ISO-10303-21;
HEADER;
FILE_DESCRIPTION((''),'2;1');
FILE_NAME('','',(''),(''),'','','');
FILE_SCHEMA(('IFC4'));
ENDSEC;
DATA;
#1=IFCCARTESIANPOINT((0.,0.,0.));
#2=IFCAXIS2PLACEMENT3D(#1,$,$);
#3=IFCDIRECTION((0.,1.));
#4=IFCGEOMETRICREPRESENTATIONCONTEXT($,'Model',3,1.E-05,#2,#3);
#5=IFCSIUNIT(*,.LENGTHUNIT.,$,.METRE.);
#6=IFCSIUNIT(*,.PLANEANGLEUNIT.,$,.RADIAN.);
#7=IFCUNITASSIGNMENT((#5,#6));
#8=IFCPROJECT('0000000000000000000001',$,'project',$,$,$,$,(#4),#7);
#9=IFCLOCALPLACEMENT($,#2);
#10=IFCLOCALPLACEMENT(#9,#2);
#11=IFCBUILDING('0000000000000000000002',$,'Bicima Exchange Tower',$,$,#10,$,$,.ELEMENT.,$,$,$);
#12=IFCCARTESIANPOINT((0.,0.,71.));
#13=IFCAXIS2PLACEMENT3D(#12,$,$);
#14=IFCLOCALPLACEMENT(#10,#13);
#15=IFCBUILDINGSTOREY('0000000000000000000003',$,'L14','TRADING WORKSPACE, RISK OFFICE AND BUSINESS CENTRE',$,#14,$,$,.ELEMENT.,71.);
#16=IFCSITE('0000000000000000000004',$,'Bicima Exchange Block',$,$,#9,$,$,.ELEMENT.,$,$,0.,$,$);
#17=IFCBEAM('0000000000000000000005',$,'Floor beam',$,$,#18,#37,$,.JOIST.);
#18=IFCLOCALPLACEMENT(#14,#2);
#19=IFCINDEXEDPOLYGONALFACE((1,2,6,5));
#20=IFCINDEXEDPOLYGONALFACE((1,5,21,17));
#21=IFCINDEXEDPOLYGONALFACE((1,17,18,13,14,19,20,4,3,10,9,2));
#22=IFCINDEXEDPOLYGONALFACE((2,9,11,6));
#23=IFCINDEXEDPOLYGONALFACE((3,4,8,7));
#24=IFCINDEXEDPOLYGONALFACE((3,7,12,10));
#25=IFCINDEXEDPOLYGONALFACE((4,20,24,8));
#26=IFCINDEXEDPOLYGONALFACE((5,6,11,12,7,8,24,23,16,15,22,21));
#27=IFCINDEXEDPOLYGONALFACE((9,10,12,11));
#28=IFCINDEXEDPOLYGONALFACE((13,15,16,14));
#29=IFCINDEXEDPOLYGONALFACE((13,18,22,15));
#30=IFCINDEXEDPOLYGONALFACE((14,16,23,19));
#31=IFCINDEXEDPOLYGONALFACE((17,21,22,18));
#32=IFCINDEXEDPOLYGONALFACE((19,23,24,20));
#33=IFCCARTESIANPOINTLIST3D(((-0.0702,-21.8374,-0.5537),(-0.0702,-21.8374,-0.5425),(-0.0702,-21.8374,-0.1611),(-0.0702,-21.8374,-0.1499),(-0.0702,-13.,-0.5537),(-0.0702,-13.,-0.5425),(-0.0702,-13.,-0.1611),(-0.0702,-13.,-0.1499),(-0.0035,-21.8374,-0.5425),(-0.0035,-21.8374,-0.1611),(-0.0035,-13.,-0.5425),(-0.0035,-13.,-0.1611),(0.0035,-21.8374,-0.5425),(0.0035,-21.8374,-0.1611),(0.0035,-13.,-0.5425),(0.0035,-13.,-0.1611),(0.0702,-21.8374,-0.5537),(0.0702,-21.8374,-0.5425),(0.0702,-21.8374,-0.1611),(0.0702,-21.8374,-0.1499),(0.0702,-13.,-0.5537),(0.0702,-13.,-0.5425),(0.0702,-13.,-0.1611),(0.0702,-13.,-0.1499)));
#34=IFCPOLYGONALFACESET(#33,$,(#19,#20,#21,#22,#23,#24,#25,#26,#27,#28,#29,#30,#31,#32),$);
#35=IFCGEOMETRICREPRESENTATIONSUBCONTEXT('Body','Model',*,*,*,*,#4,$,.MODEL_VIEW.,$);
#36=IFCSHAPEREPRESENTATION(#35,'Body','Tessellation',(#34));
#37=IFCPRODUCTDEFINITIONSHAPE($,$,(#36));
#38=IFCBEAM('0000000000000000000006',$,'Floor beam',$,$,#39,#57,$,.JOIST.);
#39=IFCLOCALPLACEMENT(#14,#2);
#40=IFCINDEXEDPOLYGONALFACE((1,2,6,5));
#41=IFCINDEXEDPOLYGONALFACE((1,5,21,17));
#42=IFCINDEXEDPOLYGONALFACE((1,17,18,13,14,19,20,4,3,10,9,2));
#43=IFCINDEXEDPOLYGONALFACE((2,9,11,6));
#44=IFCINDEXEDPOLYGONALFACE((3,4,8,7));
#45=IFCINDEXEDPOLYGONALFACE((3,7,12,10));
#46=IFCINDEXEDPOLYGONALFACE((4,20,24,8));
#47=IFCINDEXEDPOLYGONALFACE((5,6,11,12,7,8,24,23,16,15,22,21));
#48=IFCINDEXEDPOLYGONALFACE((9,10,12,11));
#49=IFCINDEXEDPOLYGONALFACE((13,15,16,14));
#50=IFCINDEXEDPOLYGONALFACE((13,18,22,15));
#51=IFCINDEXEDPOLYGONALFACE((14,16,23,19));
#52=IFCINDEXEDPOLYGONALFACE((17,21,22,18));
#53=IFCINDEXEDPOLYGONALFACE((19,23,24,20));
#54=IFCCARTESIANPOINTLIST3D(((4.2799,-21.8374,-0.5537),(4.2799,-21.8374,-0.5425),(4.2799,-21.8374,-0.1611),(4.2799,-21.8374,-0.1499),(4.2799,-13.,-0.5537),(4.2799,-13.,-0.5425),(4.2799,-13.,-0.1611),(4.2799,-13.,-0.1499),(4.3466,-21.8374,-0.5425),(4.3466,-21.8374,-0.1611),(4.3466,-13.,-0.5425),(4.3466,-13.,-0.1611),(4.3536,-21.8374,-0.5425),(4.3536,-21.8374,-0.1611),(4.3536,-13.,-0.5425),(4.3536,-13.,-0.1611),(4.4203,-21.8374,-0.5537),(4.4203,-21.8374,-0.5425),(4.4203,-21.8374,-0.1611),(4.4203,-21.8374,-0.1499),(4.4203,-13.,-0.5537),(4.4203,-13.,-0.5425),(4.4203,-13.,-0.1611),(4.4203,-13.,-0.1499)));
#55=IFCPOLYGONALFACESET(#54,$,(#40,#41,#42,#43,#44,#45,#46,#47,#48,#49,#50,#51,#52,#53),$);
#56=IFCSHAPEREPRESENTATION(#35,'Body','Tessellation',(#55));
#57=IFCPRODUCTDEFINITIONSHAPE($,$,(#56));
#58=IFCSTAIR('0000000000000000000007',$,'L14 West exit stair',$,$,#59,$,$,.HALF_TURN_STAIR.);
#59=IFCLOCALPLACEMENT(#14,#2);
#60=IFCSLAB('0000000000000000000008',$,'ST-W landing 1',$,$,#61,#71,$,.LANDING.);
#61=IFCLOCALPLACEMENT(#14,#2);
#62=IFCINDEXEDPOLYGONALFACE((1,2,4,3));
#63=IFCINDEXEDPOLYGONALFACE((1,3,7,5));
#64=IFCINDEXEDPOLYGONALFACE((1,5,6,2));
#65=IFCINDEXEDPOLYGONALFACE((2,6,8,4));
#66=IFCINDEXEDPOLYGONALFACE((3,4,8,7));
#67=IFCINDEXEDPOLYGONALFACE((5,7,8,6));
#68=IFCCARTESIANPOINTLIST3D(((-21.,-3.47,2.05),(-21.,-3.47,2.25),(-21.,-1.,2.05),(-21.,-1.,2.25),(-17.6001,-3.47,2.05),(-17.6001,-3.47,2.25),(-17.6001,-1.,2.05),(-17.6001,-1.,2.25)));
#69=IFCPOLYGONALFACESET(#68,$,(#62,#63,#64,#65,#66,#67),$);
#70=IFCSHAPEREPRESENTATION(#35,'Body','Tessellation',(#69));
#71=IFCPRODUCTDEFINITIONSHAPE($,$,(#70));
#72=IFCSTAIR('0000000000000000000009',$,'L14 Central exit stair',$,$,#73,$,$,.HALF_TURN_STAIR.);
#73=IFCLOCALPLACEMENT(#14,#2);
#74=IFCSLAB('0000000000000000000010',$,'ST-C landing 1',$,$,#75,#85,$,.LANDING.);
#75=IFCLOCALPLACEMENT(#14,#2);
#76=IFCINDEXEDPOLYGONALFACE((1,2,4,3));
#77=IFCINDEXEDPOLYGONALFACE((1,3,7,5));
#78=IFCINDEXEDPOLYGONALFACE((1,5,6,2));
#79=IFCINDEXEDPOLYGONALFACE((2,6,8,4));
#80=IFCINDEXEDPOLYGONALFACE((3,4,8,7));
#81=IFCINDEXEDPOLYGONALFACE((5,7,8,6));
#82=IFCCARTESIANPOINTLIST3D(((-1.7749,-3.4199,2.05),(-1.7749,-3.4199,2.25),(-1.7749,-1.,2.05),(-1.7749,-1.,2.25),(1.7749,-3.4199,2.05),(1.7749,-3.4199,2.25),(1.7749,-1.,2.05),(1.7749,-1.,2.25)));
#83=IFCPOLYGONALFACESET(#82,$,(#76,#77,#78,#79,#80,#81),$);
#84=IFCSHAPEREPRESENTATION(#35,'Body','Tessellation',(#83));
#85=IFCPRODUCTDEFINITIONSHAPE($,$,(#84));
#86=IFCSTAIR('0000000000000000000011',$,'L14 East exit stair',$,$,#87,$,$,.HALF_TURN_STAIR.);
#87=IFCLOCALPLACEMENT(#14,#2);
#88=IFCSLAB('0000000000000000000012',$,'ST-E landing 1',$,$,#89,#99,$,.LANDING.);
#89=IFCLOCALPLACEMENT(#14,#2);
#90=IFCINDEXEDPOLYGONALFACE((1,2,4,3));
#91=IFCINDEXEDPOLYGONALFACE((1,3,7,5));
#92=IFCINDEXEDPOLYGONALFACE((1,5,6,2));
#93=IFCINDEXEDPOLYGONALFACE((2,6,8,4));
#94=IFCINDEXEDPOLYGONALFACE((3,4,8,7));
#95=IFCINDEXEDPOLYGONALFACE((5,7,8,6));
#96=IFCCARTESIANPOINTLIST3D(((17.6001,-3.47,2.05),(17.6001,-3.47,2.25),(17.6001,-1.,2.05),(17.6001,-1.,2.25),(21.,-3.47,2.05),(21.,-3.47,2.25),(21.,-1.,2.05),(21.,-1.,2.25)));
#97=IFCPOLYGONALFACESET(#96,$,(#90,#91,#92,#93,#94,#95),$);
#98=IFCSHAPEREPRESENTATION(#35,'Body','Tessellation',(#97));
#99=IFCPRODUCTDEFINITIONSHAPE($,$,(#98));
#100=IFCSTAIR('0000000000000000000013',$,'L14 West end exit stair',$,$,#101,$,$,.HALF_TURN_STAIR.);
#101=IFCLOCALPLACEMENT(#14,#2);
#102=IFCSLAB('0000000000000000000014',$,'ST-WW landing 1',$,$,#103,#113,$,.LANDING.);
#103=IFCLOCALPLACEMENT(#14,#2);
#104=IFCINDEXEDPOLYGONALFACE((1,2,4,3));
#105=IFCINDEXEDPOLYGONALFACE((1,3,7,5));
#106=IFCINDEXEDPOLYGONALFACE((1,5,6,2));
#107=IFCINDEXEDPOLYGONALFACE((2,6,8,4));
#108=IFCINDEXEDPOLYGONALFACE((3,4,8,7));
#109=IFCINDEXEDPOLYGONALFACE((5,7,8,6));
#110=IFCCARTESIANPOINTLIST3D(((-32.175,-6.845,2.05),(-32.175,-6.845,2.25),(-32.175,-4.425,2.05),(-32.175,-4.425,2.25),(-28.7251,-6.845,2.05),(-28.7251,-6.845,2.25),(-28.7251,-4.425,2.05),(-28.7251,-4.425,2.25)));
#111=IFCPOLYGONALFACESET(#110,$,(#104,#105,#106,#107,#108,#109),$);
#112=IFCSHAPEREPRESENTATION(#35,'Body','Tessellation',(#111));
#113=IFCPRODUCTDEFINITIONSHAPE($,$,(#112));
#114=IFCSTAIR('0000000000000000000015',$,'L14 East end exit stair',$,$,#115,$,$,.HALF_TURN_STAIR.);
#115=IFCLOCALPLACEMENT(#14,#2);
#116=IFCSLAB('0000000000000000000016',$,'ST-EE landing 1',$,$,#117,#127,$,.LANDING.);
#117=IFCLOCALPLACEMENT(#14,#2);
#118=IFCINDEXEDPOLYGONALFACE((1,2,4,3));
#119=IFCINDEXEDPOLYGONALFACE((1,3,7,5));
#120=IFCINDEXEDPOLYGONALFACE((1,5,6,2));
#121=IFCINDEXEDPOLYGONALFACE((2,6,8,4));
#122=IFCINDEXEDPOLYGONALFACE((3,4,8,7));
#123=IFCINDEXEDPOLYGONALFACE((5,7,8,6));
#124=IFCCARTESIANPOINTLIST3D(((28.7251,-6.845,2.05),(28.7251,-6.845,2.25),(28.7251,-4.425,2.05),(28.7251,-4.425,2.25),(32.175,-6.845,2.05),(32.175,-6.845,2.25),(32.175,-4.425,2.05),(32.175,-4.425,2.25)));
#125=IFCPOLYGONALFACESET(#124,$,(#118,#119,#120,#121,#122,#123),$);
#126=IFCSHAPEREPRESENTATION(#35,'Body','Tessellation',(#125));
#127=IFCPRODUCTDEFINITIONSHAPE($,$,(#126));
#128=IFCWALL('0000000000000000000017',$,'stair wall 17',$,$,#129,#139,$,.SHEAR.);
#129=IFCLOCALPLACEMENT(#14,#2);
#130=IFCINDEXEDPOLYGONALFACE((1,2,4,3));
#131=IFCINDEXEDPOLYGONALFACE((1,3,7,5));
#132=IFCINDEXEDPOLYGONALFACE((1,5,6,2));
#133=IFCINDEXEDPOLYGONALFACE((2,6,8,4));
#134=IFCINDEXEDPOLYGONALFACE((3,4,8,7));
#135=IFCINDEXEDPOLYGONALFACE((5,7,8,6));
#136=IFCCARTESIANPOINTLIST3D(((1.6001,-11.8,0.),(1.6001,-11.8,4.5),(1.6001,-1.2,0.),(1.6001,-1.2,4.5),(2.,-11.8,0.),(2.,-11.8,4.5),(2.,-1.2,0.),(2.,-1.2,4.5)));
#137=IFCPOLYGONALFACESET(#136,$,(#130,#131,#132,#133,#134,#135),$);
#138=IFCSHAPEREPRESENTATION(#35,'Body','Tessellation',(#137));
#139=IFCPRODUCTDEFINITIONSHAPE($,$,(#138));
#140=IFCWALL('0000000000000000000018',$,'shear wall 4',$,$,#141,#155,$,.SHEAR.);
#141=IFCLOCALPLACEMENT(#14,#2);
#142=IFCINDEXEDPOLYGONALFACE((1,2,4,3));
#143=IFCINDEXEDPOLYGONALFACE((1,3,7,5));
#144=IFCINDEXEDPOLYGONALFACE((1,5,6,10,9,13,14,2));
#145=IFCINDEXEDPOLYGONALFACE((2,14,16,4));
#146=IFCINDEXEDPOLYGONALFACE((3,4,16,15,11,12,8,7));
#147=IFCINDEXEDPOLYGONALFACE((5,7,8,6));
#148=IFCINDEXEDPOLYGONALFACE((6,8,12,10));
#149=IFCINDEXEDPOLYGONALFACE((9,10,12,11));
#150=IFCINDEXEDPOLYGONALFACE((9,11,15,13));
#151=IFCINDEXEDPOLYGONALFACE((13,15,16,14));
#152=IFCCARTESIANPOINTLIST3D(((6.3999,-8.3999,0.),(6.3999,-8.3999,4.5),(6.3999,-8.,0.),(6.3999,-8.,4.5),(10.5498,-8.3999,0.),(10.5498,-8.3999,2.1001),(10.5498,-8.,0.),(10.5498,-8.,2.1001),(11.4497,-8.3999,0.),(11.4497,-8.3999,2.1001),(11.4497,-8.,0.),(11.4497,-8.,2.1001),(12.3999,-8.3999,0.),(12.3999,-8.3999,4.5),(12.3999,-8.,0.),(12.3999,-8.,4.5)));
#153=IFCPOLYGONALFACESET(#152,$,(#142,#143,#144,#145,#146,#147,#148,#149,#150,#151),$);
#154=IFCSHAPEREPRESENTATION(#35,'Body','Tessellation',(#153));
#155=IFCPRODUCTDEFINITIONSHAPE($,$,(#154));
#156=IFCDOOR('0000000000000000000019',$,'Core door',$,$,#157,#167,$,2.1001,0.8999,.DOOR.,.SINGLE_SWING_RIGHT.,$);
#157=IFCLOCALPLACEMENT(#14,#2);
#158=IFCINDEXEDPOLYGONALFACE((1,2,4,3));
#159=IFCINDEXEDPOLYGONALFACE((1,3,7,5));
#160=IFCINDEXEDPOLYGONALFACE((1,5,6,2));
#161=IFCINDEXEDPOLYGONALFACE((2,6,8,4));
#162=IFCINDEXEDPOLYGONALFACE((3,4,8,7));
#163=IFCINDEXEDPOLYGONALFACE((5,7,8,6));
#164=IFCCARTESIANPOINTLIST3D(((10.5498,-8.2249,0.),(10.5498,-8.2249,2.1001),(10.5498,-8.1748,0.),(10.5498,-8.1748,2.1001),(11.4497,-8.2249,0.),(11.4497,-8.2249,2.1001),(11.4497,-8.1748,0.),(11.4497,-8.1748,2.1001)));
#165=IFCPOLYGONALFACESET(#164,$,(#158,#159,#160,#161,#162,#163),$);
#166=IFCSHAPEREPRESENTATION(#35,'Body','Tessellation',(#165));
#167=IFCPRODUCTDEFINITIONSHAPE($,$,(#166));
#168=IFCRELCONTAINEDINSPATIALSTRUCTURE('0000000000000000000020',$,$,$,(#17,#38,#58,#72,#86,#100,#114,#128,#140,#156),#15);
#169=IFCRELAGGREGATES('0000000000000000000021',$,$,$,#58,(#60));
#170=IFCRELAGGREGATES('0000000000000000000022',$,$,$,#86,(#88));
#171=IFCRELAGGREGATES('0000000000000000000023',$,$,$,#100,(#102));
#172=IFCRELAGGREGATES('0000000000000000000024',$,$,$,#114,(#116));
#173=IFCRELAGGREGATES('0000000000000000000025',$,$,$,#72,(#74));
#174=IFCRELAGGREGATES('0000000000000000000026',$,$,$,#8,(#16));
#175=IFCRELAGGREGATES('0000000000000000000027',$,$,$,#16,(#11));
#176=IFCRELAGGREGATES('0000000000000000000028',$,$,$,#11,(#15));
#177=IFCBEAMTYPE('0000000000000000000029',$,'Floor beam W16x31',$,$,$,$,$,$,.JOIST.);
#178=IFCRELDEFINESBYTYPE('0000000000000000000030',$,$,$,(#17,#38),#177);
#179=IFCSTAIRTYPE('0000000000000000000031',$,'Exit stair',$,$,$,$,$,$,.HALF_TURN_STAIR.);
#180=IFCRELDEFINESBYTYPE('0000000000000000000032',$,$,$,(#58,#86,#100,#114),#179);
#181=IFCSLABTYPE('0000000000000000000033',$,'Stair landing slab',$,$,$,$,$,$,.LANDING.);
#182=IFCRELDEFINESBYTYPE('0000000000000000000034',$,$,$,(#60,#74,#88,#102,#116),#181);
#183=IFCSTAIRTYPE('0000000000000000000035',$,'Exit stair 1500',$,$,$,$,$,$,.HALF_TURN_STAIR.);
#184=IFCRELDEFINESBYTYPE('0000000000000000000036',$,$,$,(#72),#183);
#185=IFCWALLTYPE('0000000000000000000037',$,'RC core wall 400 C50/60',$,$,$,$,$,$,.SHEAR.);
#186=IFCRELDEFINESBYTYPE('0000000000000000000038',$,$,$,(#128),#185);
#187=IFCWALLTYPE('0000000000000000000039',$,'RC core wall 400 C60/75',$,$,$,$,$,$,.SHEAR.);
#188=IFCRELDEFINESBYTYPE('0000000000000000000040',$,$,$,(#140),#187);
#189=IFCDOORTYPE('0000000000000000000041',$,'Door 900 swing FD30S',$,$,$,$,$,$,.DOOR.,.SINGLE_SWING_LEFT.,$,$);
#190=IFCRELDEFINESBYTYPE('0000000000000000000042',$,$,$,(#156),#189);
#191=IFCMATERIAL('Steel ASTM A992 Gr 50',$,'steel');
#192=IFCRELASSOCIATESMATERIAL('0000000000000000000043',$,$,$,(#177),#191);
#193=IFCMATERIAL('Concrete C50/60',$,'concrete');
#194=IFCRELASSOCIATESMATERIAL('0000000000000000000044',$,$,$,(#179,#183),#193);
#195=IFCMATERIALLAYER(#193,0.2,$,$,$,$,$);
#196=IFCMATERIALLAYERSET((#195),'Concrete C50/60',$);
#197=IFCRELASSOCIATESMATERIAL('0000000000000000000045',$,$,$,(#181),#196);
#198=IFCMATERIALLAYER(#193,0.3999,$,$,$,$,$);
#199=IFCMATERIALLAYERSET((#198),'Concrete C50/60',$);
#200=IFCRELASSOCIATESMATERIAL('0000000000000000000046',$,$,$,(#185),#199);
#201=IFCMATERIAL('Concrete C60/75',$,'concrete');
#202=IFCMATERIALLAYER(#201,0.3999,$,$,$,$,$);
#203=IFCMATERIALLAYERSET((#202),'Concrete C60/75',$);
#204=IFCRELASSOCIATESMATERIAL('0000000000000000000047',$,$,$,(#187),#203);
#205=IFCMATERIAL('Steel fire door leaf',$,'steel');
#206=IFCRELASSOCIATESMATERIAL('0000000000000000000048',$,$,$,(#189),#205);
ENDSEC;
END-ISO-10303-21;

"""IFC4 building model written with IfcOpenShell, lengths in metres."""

from ifc_helpers import new_model, si_unit, direction, frame, frame_2d, origin, origin_2d, place, context, subcontext, project, spatial, polyline, rectangle, i_section, outline, extrude, material, layer, layer_set, material_profile, profile_set, type_object, element, fill, aggregate, save


model = new_model("IFC4")

# Units and contexts
model_context = context("Model", 3, precision=1e-05, world=origin(), true_north=direction((0.0, 1.0)))
body_context = subcontext(model_context, "Body", "Model", "MODEL_VIEW")
ifc_project = project(units=[si_unit("LENGTHUNIT", "METRE"), si_unit("PLANEANGLEUNIT", "RADIAN")], contexts=[model_context])

# Site, building, storey
site_placement = place(None, origin())
site = spatial("IfcSite", under=ifc_project, at=site_placement, Name="Bicima Exchange Block", CompositionType="ELEMENT", RefElevation=0.0)
building_placement = place(site_placement, origin())
building = spatial("IfcBuilding", under=site, at=building_placement, Name="Bicima Exchange Tower", CompositionType="ELEMENT")
storey_placement = place(building_placement, frame((0.0, 0.0, 71.0)))
storey = spatial("IfcBuildingStorey", under=building, at=storey_placement, Name="L14", Description="TRADING WORKSPACE, RISK OFFICE AND BUSINESS CENTRE", CompositionType="ELEMENT", Elevation=71.0)

# Beams
ifc_material_1 = material(Name="Steel ASTM A992 Gr 50", Category="steel")
ifc_material_profile = material_profile(ifc_material_1, i_section(OverallWidth=0.1404, OverallDepth=0.4038, WebThickness=0.0071, FlangeThickness=0.0112, at=origin_2d()))
ifc_profile_set = profile_set([ifc_material_profile], Name="Steel ASTM A992 Gr 50")
beam_type = type_object("IfcBeamType", Name="Floor beam W16x31", PredefinedType="JOIST", material=ifc_profile_set)
for number, where, z_axis, x_axis, name in (
    (1, (0.0, -13.0, -0.3518), (0.0, -1.0, 0.0), (1.0, 0.0, 0.0), "Floor beam"),
    (2, (4.3501, -13.0, -0.3518), (0.0, -1.0, 0.0), (1.0, 0.0, 0.0), "Floor beam"),
):
    element("IfcBeam", number, at=place(storey_placement, frame(where, z_axis=z_axis, x_axis=x_axis)), inside=storey, type_object=beam_type, Name=name, PredefinedType="JOIST", context=body_context, shape_type="SweptSolid", body=[
        extrude(i_section(OverallWidth=0.1404, OverallDepth=0.4038, WebThickness=0.0071, FlangeThickness=0.0112, at=origin_2d()), origin(), (0.0, 0.0, 1.0), 8.8374),
    ])

# Stairs, slabs
ifc_material_2 = material(Name="Concrete C50/60", Category="concrete")
stair_type_1 = type_object("IfcStairType", Name="Exit stair", PredefinedType="HALF_TURN_STAIR", material=ifc_material_2)
stair_1_placement = place(storey_placement, origin())
stair_1 = element("IfcStair", 3, at=stair_1_placement, inside=storey, type_object=stair_type_1, Name="L14 West exit stair", PredefinedType="HALF_TURN_STAIR")
ifc_layer_1 = layer(ifc_material_2, 0.2)
ifc_layer_set_1 = layer_set([ifc_layer_1], Name="Concrete C50/60")
slab_type = type_object("IfcSlabType", Name="Stair landing slab", PredefinedType="LANDING", material=ifc_layer_set_1)
slab_1_placement = place(storey_placement, frame((0.0, 0.0, 2.05)))
slab_1 = element("IfcSlab", 4, at=slab_1_placement, type_object=slab_type, Name="ST-W landing 1", PredefinedType="LANDING", context=body_context, shape_type="SweptSolid", body=[
    extrude(outline(polyline([(-17.6001, -3.47), (-17.6001, -1.0), (-21.0, -1.0), (-21.0, -3.47), (-17.6001, -3.47)])), origin(), (0.0, 0.0, 1.0), 0.2),
])
aggregate(stair_1, [slab_1])
stair_type_2 = type_object("IfcStairType", Name="Exit stair 1500", PredefinedType="HALF_TURN_STAIR", material=ifc_material_2)
stair_2_placement = place(storey_placement, origin())
stair_2 = element("IfcStair", 5, at=stair_2_placement, inside=storey, type_object=stair_type_2, Name="L14 Central exit stair", PredefinedType="HALF_TURN_STAIR")
slab_2_placement = place(storey_placement, frame((0.0, 0.0, 2.05)))
slab_2 = element("IfcSlab", 6, at=slab_2_placement, type_object=slab_type, Name="ST-C landing 1", PredefinedType="LANDING", context=body_context, shape_type="SweptSolid", body=[
    extrude(outline(polyline([(1.7749, -3.4199), (1.7749, -1.0), (-1.7749, -1.0), (-1.7749, -3.4199), (1.7749, -3.4199)])), origin(), (0.0, 0.0, 1.0), 0.2),
])
stair_3_placement = place(storey_placement, origin())
stair_3 = element("IfcStair", 7, at=stair_3_placement, inside=storey, type_object=stair_type_1, Name="L14 East exit stair", PredefinedType="HALF_TURN_STAIR")
slab_3_placement = place(storey_placement, frame((0.0, 0.0, 2.05)))
slab_3 = element("IfcSlab", 8, at=slab_3_placement, type_object=slab_type, Name="ST-E landing 1", PredefinedType="LANDING", context=body_context, shape_type="SweptSolid", body=[
    extrude(outline(polyline([(21.0, -3.47), (21.0, -1.0), (17.6001, -1.0), (17.6001, -3.47), (21.0, -3.47)])), origin(), (0.0, 0.0, 1.0), 0.2),
])
aggregate(stair_3, [slab_3])
stair_4_placement = place(storey_placement, origin())
stair_4 = element("IfcStair", 9, at=stair_4_placement, inside=storey, type_object=stair_type_1, Name="L14 West end exit stair", PredefinedType="HALF_TURN_STAIR")
slab_4_placement = place(storey_placement, frame((0.0, 0.0, 2.05)))
slab_4 = element("IfcSlab", 10, at=slab_4_placement, type_object=slab_type, Name="ST-WW landing 1", PredefinedType="LANDING", context=body_context, shape_type="SweptSolid", body=[
    extrude(outline(polyline([(-28.7251, -6.845), (-28.7251, -4.425), (-32.175, -4.425), (-32.175, -6.845), (-28.7251, -6.845)])), origin(), (0.0, 0.0, 1.0), 0.2),
])
aggregate(stair_4, [slab_4])
stair_5_placement = place(storey_placement, origin())
stair_5 = element("IfcStair", 11, at=stair_5_placement, inside=storey, type_object=stair_type_1, Name="L14 East end exit stair", PredefinedType="HALF_TURN_STAIR")
slab_5_placement = place(storey_placement, frame((0.0, 0.0, 2.05)))
slab_5 = element("IfcSlab", 12, at=slab_5_placement, type_object=slab_type, Name="ST-EE landing 1", PredefinedType="LANDING", context=body_context, shape_type="SweptSolid", body=[
    extrude(outline(polyline([(32.175, -6.845), (32.175, -4.425), (28.7251, -4.425), (28.7251, -6.845), (32.175, -6.845)])), origin(), (0.0, 0.0, 1.0), 0.2),
])
aggregate(stair_5, [slab_5])

# Wall
ifc_layer_2 = layer(ifc_material_2, 0.3999)
ifc_layer_set_2 = layer_set([ifc_layer_2], Name="Concrete C50/60")
wall_type_1 = type_object("IfcWallType", Name="RC core wall 400 C50/60", PredefinedType="SHEAR", material=ifc_layer_set_2)
wall_1_placement = place(storey_placement, frame((1.8, -11.8, 0.0), z_axis=(0.0, 0.0, 1.0), x_axis=(0.0, 1.0, 0.0)))
element("IfcWall", 13, at=wall_1_placement, inside=storey, type_object=wall_type_1, Name="stair wall 17", PredefinedType="SHEAR", context=body_context, shape_type="SweptSolid", body=[
    extrude(rectangle(XDim=10.6001, YDim=0.3999, at=frame_2d((5.3, 0.0))), origin(), (0.0, 0.0, 1.0), 4.5),
])

# Wall, opening, door
ifc_material_3 = material(Name="Concrete C60/75", Category="concrete")
ifc_layer_3 = layer(ifc_material_3, 0.3999)
ifc_layer_set_3 = layer_set([ifc_layer_3], Name="Concrete C60/75")
wall_type_2 = type_object("IfcWallType", Name="RC core wall 400 C60/75", PredefinedType="SHEAR", material=ifc_layer_set_3)
wall_2_placement = place(storey_placement, frame((6.3999, -8.2, 0.0), z_axis=(0.0, 0.0, 1.0), x_axis=(1.0, 0.0, 0.0)))
wall_2 = element("IfcWall", 14, at=wall_2_placement, inside=storey, type_object=wall_type_2, Name="shear wall 4", PredefinedType="SHEAR", context=body_context, shape_type="SweptSolid", body=[
    extrude(rectangle(XDim=6.0, YDim=0.3999, at=frame_2d((3.0, 0.0))), origin(), (0.0, 0.0, 1.0), 4.5),
])
opening_1_placement = place(wall_2_placement, frame((4.1499, 0.0, 0.0)))
opening_1 = element("IfcOpeningElement", 15, at=opening_1_placement, cuts=wall_2, PredefinedType="OPENING", context=body_context, shape_type="SweptSolid", body=[
    extrude(rectangle(XDim=0.8999, YDim=2.1001, at=frame_2d((0.45, 1.05))), frame((0.0, 0.2119, 0.0), z_axis=(0.0, -1.0, 0.0), x_axis=(1.0, 0.0, 0.0)), (0.0, 0.0, 1.0), 0.4238),
])
ifc_material_4 = material(Name="Steel fire door leaf", Category="steel")
door_type_1 = type_object("IfcDoorType", Name="Door 900 swing FD30S", OperationType="SINGLE_SWING_LEFT", PredefinedType="DOOR", material=ifc_material_4)
door_1_placement = place(opening_1_placement, frame((0.8999, 0.0, 0.0), z_axis=(0.0, 0.0, 1.0), x_axis=(-1.0, 0.0, 0.0)))
door_1 = element("IfcDoor", 16, at=door_1_placement, inside=storey, type_object=door_type_1, Name="Core door", OperationType="SINGLE_SWING_RIGHT", OverallHeight=2.1001, OverallWidth=0.8999, PredefinedType="DOOR", context=body_context, shape_type="SweptSolid", body=[
    extrude(rectangle(XDim=0.8999, YDim=2.1001, at=frame_2d((0.45, 1.05))), frame((0.0, 0.0249, 0.0), z_axis=(0.0, -1.0, 0.0), x_axis=(1.0, 0.0, 0.0)), (0.0, 0.0, 1.0), 0.05),
])
fill(opening_1, door_1)

aggregate(stair_2, [slab_2])

save(model, "model.ifc")
